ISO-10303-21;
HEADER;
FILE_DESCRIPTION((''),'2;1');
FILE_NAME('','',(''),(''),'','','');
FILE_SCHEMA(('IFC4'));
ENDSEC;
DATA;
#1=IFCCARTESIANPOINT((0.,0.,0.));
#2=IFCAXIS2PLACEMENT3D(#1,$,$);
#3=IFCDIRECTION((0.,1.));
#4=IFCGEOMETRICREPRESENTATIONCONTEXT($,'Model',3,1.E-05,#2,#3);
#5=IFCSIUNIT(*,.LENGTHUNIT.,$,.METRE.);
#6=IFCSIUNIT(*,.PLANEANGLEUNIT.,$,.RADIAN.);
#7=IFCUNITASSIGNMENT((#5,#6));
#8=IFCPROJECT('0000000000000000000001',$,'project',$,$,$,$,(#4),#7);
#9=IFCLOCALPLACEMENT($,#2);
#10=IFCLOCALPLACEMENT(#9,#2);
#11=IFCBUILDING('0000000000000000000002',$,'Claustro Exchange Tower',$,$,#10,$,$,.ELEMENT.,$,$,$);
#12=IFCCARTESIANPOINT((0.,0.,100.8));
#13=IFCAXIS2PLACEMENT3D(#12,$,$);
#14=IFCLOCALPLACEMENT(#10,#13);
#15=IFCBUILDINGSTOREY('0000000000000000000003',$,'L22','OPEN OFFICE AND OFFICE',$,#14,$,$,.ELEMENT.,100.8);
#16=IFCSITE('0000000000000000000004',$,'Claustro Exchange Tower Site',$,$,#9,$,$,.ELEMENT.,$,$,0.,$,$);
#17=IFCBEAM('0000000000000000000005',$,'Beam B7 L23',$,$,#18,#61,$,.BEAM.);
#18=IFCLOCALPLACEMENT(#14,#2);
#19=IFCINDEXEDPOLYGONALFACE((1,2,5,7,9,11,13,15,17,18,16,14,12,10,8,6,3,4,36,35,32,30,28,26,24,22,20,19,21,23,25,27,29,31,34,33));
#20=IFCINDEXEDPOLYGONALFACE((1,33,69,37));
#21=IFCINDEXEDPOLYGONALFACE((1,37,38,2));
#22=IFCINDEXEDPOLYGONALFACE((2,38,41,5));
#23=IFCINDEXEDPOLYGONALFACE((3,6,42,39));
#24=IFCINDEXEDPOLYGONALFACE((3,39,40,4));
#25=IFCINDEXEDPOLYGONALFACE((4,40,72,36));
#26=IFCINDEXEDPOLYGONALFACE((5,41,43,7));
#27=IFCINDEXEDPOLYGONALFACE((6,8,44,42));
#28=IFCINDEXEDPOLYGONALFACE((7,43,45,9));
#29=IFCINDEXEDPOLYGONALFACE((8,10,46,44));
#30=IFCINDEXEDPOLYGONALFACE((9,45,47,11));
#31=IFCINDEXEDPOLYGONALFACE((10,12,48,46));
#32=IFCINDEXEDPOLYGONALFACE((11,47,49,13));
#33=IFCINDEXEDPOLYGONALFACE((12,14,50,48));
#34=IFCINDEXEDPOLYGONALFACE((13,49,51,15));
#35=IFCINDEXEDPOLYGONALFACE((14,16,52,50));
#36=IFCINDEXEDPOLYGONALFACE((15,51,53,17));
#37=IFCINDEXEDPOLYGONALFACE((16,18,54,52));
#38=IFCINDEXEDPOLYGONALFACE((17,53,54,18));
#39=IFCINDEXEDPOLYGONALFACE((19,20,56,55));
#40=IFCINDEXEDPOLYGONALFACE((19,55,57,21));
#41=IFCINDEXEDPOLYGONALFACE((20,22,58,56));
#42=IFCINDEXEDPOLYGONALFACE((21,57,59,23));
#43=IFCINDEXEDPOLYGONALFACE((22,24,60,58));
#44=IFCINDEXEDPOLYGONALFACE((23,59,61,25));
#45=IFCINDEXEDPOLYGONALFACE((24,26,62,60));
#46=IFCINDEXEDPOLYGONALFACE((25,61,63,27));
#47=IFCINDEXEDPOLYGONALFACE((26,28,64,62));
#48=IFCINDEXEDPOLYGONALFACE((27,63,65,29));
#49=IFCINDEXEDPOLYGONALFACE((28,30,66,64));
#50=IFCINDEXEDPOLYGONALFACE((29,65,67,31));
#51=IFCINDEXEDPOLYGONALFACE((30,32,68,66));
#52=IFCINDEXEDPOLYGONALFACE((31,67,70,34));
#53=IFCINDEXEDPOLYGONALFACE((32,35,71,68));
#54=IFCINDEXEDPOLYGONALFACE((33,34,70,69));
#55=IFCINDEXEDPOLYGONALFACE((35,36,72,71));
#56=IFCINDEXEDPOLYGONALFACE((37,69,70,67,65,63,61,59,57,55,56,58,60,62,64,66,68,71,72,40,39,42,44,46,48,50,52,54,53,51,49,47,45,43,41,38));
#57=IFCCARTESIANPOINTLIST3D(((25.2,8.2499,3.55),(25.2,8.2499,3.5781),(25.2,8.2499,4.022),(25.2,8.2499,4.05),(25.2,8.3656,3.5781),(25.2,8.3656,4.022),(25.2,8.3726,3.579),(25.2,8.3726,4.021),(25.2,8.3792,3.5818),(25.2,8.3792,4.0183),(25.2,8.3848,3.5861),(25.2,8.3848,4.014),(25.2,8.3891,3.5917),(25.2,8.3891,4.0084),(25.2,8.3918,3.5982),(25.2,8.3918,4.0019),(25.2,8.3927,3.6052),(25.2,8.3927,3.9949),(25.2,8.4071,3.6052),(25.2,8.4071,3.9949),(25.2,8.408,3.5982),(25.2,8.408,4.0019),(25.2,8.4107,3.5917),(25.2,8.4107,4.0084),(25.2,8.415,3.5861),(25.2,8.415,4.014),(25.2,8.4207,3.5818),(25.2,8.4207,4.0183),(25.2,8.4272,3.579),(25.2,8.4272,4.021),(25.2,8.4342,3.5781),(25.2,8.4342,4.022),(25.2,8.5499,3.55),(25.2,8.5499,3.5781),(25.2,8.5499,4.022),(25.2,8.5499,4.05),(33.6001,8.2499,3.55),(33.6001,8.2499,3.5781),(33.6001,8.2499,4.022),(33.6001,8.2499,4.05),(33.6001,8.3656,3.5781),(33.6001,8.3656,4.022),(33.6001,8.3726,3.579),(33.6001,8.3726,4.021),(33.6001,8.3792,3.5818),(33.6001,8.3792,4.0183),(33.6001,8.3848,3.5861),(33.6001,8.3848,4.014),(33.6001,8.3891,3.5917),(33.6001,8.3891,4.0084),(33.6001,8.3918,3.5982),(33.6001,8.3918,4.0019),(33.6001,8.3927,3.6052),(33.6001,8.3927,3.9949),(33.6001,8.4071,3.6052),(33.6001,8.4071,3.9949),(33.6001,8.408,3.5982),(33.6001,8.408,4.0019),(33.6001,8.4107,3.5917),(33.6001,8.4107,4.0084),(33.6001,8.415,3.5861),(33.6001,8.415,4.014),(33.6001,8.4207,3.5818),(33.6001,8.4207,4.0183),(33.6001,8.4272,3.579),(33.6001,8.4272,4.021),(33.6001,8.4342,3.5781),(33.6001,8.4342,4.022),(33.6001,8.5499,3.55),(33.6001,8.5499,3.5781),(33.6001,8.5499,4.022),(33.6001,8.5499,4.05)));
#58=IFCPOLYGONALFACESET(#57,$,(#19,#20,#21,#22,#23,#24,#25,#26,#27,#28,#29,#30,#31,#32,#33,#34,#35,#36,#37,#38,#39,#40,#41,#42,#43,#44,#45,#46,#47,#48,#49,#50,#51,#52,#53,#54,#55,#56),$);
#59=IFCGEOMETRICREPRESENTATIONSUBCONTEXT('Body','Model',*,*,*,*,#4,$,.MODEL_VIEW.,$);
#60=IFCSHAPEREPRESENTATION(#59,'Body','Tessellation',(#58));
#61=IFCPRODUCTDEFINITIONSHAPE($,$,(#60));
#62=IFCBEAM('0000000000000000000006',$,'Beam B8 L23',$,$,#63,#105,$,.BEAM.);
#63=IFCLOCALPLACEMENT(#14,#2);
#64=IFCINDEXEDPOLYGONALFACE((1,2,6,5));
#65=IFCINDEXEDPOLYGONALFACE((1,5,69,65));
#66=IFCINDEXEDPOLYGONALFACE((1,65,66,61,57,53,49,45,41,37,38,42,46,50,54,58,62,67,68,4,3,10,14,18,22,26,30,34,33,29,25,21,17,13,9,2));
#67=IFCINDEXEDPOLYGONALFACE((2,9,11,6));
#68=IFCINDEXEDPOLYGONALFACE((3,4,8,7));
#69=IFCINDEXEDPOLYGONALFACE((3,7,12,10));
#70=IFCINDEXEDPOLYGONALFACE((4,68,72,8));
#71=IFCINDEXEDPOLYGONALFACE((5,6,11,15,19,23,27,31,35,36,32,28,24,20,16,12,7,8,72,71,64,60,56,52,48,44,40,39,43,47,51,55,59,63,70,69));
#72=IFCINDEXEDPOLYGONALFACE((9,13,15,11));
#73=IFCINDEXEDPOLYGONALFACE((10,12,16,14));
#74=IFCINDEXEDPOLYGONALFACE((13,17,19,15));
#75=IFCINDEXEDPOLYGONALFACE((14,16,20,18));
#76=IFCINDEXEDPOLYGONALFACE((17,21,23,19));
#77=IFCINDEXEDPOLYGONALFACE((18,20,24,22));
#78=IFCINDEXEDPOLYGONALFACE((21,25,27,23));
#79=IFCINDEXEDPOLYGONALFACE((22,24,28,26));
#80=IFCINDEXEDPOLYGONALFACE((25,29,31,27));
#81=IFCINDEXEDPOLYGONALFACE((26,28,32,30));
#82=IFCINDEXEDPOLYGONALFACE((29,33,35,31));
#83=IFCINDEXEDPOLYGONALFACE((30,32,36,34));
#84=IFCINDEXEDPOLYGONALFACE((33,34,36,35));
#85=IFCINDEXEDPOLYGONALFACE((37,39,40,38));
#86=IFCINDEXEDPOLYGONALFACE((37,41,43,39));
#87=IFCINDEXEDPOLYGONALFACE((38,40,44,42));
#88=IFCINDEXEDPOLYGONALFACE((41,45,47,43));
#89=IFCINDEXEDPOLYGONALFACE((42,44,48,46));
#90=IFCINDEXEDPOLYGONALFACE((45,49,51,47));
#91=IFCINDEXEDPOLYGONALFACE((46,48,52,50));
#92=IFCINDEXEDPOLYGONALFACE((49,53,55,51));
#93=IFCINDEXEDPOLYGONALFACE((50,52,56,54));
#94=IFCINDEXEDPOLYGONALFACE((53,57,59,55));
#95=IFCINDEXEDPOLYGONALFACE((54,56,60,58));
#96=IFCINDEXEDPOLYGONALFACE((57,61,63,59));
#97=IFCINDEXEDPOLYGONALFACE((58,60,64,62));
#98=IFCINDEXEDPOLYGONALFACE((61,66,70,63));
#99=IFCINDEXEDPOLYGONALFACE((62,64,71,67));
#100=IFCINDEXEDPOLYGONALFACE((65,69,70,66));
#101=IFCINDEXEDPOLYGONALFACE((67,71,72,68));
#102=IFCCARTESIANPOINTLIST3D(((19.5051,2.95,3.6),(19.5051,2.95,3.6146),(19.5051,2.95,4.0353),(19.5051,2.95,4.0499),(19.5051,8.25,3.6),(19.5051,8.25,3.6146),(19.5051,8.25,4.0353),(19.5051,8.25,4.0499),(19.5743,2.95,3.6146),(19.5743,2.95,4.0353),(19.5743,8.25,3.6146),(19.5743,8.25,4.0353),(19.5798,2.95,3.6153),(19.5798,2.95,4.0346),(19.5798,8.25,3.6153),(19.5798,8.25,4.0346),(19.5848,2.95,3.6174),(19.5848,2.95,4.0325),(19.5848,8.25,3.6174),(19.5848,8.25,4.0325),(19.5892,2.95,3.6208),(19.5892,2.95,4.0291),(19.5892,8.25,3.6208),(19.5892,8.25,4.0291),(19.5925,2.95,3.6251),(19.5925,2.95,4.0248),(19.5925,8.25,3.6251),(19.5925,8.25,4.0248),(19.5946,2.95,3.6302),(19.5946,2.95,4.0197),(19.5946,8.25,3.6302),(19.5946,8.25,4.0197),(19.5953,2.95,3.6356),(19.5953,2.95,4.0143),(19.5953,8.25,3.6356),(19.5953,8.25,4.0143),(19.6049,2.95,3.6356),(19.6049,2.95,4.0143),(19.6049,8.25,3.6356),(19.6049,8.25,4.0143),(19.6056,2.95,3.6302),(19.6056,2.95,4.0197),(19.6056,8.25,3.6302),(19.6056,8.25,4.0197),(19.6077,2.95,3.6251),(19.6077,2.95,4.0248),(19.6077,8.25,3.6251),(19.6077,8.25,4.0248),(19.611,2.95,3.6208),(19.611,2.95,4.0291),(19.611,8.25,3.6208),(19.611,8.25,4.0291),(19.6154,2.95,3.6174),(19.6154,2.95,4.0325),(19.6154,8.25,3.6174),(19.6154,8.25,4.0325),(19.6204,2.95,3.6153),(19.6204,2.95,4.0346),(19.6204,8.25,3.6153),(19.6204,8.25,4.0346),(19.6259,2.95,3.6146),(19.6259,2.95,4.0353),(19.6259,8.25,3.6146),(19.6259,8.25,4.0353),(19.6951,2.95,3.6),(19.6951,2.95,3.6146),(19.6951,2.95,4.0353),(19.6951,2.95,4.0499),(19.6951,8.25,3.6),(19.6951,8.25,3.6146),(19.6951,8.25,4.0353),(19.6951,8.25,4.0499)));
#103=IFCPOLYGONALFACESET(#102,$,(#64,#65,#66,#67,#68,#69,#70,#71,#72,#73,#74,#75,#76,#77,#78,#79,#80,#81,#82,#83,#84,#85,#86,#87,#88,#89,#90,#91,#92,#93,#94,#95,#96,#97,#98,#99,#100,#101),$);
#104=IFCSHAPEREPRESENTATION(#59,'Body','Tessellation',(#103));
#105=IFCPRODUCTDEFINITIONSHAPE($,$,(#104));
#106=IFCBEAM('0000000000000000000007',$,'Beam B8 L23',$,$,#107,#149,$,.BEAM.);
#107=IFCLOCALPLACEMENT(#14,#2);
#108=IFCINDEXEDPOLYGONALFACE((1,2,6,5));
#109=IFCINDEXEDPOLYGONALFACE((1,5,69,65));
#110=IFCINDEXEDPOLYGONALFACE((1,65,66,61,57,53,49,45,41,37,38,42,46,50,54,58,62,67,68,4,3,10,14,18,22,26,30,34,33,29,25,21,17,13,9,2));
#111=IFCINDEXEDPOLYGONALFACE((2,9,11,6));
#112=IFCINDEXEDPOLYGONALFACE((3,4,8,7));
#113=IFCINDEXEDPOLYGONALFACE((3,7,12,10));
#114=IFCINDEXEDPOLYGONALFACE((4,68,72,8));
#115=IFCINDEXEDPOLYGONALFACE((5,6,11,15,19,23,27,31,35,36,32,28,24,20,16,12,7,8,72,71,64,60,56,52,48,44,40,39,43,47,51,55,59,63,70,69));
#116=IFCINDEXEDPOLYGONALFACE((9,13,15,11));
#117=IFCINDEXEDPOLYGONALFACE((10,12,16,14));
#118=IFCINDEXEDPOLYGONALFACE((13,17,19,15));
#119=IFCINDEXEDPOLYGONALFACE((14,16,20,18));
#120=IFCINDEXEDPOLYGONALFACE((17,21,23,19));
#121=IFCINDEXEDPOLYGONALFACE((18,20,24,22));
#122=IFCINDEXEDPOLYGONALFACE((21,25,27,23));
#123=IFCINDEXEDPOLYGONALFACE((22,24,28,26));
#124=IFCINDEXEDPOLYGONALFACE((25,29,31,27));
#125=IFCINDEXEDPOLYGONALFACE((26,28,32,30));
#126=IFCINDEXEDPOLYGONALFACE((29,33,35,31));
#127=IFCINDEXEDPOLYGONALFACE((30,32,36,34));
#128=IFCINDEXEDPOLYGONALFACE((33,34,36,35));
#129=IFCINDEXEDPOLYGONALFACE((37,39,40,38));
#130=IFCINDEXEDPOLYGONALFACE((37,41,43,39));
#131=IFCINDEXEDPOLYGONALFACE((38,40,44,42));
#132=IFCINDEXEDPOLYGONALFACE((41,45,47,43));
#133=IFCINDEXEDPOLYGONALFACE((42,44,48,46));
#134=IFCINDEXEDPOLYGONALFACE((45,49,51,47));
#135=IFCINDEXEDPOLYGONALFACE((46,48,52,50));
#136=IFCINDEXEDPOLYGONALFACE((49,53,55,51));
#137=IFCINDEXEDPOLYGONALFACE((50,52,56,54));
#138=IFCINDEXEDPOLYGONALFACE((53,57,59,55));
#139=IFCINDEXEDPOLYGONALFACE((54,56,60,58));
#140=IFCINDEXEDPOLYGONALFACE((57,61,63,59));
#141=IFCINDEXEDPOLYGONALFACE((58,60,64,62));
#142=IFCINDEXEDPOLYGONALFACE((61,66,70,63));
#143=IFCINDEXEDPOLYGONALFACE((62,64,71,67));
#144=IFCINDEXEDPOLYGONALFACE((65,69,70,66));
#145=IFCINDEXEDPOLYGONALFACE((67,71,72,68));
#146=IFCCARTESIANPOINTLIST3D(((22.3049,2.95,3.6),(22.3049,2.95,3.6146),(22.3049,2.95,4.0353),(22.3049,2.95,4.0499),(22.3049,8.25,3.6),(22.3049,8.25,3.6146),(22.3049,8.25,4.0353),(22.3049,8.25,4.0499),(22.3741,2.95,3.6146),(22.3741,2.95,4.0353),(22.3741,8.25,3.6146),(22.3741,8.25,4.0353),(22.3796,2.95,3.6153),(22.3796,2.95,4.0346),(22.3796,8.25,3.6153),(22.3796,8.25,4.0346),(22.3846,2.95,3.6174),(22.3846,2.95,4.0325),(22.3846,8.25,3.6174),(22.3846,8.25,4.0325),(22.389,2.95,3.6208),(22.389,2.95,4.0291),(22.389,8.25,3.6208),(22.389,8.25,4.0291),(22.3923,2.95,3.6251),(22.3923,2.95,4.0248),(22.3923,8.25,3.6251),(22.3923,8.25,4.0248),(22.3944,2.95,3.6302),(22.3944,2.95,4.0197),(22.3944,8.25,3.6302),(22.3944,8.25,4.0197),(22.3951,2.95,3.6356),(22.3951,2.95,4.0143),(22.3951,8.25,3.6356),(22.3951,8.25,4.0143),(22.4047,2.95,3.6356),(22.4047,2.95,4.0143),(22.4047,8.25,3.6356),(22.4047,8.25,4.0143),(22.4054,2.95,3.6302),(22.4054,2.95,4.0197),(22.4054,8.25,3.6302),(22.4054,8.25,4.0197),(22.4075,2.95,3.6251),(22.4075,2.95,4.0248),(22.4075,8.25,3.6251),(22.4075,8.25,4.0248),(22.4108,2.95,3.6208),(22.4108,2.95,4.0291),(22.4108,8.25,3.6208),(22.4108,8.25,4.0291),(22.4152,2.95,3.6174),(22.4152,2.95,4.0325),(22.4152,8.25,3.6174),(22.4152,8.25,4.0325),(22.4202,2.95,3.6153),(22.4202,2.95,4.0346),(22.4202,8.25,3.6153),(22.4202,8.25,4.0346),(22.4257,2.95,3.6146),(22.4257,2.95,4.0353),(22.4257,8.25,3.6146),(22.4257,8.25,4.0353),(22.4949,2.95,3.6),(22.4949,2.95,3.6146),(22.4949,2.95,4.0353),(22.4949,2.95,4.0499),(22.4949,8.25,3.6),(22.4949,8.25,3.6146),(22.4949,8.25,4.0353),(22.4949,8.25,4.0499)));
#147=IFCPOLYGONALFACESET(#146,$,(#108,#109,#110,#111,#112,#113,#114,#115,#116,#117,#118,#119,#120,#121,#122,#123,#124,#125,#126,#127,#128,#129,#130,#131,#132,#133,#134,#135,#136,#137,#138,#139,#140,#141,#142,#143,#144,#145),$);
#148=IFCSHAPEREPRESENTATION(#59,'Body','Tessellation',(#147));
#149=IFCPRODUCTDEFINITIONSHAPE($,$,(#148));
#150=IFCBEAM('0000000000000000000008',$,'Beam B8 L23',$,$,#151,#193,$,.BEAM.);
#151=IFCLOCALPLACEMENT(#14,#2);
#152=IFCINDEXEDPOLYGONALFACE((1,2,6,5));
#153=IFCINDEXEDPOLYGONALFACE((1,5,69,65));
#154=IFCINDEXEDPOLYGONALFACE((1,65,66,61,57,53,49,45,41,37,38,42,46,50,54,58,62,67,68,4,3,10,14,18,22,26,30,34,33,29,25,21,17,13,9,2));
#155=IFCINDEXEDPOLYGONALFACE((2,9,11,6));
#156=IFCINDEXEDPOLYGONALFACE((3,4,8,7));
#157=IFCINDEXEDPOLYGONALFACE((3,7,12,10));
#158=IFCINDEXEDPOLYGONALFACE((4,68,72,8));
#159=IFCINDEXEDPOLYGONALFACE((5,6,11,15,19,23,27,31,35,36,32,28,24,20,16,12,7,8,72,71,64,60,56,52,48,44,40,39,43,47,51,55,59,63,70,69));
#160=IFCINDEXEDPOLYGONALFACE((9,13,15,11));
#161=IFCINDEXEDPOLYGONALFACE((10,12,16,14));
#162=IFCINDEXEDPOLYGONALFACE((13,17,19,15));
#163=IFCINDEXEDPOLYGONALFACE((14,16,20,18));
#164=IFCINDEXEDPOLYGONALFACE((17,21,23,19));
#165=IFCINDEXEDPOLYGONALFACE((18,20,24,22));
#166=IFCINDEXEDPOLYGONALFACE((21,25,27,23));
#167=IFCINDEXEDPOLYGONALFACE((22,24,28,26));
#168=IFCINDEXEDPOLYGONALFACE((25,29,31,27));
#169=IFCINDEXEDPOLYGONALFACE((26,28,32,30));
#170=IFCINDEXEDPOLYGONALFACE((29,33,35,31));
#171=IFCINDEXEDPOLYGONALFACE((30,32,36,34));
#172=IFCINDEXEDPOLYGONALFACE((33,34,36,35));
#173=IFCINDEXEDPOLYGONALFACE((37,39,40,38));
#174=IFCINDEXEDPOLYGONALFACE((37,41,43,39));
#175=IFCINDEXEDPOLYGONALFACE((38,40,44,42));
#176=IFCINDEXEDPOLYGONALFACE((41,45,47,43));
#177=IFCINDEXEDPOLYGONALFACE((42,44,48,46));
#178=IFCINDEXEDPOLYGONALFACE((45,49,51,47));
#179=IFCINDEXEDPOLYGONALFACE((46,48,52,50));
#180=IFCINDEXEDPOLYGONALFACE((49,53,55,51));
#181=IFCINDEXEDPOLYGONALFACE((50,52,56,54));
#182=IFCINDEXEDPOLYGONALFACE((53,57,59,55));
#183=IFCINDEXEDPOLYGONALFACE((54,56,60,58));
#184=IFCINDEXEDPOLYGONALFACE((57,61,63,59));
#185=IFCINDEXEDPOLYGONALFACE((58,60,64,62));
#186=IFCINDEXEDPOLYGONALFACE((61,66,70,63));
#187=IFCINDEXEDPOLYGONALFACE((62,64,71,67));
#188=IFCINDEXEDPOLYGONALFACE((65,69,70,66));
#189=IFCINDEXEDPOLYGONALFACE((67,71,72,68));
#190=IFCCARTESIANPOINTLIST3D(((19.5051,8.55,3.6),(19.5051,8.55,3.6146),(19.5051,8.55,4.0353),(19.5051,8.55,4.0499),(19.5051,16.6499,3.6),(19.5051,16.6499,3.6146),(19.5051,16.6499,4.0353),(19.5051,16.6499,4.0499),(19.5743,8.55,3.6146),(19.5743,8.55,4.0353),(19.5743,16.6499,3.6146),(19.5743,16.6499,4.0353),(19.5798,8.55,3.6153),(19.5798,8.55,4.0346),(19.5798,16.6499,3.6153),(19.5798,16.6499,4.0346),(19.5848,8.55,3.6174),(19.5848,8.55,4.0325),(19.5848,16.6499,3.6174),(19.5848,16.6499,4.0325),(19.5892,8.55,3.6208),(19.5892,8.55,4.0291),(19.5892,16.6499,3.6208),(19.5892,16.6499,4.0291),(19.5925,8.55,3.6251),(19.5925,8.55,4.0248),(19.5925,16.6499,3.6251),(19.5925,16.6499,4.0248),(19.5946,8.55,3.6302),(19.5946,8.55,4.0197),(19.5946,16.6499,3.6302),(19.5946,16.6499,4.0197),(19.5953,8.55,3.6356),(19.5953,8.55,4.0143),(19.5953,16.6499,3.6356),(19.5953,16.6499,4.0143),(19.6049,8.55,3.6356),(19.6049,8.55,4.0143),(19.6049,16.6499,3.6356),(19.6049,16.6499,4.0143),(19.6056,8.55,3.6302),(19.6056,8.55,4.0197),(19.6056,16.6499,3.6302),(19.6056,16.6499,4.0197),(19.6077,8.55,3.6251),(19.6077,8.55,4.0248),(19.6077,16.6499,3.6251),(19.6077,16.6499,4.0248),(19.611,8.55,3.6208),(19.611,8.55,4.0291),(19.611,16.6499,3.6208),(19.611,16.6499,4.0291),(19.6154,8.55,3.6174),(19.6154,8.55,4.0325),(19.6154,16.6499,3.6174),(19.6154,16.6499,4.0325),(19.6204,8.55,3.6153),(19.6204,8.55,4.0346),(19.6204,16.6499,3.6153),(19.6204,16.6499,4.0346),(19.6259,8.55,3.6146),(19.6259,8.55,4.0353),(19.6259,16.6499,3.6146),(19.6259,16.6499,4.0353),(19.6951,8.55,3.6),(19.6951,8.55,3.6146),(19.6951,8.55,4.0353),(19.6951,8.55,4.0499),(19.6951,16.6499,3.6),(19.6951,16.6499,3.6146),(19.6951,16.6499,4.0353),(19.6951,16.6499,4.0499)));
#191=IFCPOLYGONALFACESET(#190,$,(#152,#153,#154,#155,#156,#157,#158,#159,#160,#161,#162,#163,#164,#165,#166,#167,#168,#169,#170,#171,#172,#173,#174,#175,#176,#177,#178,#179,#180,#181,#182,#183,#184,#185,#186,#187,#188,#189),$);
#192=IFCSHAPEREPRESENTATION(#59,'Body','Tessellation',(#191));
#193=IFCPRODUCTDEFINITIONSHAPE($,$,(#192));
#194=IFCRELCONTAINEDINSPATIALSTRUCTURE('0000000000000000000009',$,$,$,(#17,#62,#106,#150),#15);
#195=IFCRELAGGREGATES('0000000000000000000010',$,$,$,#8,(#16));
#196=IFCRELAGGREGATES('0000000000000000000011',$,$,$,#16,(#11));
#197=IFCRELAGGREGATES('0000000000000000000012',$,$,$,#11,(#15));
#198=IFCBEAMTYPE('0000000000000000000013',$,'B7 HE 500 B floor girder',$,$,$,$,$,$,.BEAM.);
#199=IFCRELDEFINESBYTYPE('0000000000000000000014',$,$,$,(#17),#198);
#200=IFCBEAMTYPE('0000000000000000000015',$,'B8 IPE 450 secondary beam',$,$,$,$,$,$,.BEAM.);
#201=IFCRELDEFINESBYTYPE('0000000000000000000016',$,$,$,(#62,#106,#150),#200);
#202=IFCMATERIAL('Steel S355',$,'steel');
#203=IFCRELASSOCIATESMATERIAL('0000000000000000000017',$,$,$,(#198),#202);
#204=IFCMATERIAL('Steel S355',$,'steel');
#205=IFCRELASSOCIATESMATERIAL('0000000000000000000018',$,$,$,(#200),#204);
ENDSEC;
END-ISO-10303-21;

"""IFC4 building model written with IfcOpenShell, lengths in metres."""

from ifc_helpers import new_model, si_unit, direction, frame, origin, origin_2d, place, context, subcontext, project, spatial, i_section, extrude, material, material_profile, profile_set, type_object, element, save


model = new_model("IFC4")

# Units and contexts
model_context = context("Model", 3, precision=1e-05, world=origin(), true_north=direction((0.0, 1.0)))
body_context = subcontext(model_context, "Body", "Model", "MODEL_VIEW")
ifc_project = project(units=[si_unit("LENGTHUNIT", "METRE"), si_unit("PLANEANGLEUNIT", "RADIAN")], contexts=[model_context])

# Site, building, storey
site_placement = place(None, origin())
site = spatial("IfcSite", under=ifc_project, at=site_placement, Name="Claustro Exchange Tower Site", CompositionType="ELEMENT", RefElevation=0.0)
building_placement = place(site_placement, origin())
building = spatial("IfcBuilding", under=site, at=building_placement, Name="Claustro Exchange Tower", CompositionType="ELEMENT")
storey_placement = place(building_placement, frame((0.0, 0.0, 100.8)))
storey = spatial("IfcBuildingStorey", under=building, at=storey_placement, Name="L22", Description="OPEN OFFICE AND OFFICE", CompositionType="ELEMENT", Elevation=100.8)

# Beams
ifc_material_1 = material(Name="Steel S355", Category="steel")
ifc_material_profile_1 = material_profile(ifc_material_1, i_section(OverallWidth=0.3, OverallDepth=0.5, WebThickness=0.0144, FlangeThickness=0.0281, FilletRadius=0.0271, at=origin_2d()), Name="HE 500 B")
ifc_profile_set_1 = profile_set([ifc_material_profile_1], Name="Steel S355")
beam_type_1 = type_object("IfcBeamType", Name="B7 HE 500 B floor girder", PredefinedType="BEAM", material=ifc_profile_set_1)
for number, where, z_axis, x_axis, name in (
    (1, (25.2, 8.3999, 3.8), (1.0, 0.0, 0.0), (0.0, 1.0, 0.0), "Beam B7 L23"),
):
    element("IfcBeam", number, at=place(storey_placement, frame(where, z_axis=z_axis, x_axis=x_axis)), inside=storey, type_object=beam_type_1, Name=name, PredefinedType="BEAM", context=body_context, shape_type="SweptSolid", body=[
        extrude(i_section(OverallWidth=0.3, OverallDepth=0.5, WebThickness=0.0144, FlangeThickness=0.0281, FilletRadius=0.0271, at=origin_2d()), origin(), (0.0, 0.0, 1.0), 8.4001),
    ])
ifc_material_2 = material(Name="Steel S355", Category="steel")
ifc_material_profile_2 = material_profile(ifc_material_2, i_section(OverallWidth=0.1899, OverallDepth=0.45, WebThickness=0.0095, FlangeThickness=0.0146, FilletRadius=0.021, at=origin_2d()), Name="IPE 450")
ifc_profile_set_2 = profile_set([ifc_material_profile_2], Name="Steel S355")
beam_type_2 = type_object("IfcBeamType", Name="B8 IPE 450 secondary beam", PredefinedType="BEAM", material=ifc_profile_set_2)
for number, where, z_axis, x_axis, name in (
    (2, (19.6001, 2.95, 3.825), (0.0, 1.0, 0.0), (-1.0, 0.0, 0.0), "Beam B8 L23"),
    (3, (22.3999, 2.95, 3.825), (0.0, 1.0, 0.0), (-1.0, 0.0, 0.0), "Beam B8 L23"),
):
    element("IfcBeam", number, at=place(storey_placement, frame(where, z_axis=z_axis, x_axis=x_axis)), inside=storey, type_object=beam_type_2, Name=name, PredefinedType="BEAM", context=body_context, shape_type="SweptSolid", body=[
        extrude(i_section(OverallWidth=0.1899, OverallDepth=0.45, WebThickness=0.0095, FlangeThickness=0.0146, FilletRadius=0.021, at=origin_2d()), origin(), (0.0, 0.0, 1.0), 5.3),
    ])
for number, where, z_axis, x_axis, name in (
    (4, (19.6001, 8.55, 3.825), (0.0, 1.0, 0.0), (-1.0, 0.0, 0.0), "Beam B8 L23"),
):
    element("IfcBeam", number, at=place(storey_placement, frame(where, z_axis=z_axis, x_axis=x_axis)), inside=storey, type_object=beam_type_2, Name=name, PredefinedType="BEAM", context=body_context, shape_type="SweptSolid", body=[
        extrude(i_section(OverallWidth=0.1899, OverallDepth=0.45, WebThickness=0.0095, FlangeThickness=0.0146, FilletRadius=0.021, at=origin_2d()), origin(), (0.0, 0.0, 1.0), 8.0999),
    ])

save(model, "model.ifc")
